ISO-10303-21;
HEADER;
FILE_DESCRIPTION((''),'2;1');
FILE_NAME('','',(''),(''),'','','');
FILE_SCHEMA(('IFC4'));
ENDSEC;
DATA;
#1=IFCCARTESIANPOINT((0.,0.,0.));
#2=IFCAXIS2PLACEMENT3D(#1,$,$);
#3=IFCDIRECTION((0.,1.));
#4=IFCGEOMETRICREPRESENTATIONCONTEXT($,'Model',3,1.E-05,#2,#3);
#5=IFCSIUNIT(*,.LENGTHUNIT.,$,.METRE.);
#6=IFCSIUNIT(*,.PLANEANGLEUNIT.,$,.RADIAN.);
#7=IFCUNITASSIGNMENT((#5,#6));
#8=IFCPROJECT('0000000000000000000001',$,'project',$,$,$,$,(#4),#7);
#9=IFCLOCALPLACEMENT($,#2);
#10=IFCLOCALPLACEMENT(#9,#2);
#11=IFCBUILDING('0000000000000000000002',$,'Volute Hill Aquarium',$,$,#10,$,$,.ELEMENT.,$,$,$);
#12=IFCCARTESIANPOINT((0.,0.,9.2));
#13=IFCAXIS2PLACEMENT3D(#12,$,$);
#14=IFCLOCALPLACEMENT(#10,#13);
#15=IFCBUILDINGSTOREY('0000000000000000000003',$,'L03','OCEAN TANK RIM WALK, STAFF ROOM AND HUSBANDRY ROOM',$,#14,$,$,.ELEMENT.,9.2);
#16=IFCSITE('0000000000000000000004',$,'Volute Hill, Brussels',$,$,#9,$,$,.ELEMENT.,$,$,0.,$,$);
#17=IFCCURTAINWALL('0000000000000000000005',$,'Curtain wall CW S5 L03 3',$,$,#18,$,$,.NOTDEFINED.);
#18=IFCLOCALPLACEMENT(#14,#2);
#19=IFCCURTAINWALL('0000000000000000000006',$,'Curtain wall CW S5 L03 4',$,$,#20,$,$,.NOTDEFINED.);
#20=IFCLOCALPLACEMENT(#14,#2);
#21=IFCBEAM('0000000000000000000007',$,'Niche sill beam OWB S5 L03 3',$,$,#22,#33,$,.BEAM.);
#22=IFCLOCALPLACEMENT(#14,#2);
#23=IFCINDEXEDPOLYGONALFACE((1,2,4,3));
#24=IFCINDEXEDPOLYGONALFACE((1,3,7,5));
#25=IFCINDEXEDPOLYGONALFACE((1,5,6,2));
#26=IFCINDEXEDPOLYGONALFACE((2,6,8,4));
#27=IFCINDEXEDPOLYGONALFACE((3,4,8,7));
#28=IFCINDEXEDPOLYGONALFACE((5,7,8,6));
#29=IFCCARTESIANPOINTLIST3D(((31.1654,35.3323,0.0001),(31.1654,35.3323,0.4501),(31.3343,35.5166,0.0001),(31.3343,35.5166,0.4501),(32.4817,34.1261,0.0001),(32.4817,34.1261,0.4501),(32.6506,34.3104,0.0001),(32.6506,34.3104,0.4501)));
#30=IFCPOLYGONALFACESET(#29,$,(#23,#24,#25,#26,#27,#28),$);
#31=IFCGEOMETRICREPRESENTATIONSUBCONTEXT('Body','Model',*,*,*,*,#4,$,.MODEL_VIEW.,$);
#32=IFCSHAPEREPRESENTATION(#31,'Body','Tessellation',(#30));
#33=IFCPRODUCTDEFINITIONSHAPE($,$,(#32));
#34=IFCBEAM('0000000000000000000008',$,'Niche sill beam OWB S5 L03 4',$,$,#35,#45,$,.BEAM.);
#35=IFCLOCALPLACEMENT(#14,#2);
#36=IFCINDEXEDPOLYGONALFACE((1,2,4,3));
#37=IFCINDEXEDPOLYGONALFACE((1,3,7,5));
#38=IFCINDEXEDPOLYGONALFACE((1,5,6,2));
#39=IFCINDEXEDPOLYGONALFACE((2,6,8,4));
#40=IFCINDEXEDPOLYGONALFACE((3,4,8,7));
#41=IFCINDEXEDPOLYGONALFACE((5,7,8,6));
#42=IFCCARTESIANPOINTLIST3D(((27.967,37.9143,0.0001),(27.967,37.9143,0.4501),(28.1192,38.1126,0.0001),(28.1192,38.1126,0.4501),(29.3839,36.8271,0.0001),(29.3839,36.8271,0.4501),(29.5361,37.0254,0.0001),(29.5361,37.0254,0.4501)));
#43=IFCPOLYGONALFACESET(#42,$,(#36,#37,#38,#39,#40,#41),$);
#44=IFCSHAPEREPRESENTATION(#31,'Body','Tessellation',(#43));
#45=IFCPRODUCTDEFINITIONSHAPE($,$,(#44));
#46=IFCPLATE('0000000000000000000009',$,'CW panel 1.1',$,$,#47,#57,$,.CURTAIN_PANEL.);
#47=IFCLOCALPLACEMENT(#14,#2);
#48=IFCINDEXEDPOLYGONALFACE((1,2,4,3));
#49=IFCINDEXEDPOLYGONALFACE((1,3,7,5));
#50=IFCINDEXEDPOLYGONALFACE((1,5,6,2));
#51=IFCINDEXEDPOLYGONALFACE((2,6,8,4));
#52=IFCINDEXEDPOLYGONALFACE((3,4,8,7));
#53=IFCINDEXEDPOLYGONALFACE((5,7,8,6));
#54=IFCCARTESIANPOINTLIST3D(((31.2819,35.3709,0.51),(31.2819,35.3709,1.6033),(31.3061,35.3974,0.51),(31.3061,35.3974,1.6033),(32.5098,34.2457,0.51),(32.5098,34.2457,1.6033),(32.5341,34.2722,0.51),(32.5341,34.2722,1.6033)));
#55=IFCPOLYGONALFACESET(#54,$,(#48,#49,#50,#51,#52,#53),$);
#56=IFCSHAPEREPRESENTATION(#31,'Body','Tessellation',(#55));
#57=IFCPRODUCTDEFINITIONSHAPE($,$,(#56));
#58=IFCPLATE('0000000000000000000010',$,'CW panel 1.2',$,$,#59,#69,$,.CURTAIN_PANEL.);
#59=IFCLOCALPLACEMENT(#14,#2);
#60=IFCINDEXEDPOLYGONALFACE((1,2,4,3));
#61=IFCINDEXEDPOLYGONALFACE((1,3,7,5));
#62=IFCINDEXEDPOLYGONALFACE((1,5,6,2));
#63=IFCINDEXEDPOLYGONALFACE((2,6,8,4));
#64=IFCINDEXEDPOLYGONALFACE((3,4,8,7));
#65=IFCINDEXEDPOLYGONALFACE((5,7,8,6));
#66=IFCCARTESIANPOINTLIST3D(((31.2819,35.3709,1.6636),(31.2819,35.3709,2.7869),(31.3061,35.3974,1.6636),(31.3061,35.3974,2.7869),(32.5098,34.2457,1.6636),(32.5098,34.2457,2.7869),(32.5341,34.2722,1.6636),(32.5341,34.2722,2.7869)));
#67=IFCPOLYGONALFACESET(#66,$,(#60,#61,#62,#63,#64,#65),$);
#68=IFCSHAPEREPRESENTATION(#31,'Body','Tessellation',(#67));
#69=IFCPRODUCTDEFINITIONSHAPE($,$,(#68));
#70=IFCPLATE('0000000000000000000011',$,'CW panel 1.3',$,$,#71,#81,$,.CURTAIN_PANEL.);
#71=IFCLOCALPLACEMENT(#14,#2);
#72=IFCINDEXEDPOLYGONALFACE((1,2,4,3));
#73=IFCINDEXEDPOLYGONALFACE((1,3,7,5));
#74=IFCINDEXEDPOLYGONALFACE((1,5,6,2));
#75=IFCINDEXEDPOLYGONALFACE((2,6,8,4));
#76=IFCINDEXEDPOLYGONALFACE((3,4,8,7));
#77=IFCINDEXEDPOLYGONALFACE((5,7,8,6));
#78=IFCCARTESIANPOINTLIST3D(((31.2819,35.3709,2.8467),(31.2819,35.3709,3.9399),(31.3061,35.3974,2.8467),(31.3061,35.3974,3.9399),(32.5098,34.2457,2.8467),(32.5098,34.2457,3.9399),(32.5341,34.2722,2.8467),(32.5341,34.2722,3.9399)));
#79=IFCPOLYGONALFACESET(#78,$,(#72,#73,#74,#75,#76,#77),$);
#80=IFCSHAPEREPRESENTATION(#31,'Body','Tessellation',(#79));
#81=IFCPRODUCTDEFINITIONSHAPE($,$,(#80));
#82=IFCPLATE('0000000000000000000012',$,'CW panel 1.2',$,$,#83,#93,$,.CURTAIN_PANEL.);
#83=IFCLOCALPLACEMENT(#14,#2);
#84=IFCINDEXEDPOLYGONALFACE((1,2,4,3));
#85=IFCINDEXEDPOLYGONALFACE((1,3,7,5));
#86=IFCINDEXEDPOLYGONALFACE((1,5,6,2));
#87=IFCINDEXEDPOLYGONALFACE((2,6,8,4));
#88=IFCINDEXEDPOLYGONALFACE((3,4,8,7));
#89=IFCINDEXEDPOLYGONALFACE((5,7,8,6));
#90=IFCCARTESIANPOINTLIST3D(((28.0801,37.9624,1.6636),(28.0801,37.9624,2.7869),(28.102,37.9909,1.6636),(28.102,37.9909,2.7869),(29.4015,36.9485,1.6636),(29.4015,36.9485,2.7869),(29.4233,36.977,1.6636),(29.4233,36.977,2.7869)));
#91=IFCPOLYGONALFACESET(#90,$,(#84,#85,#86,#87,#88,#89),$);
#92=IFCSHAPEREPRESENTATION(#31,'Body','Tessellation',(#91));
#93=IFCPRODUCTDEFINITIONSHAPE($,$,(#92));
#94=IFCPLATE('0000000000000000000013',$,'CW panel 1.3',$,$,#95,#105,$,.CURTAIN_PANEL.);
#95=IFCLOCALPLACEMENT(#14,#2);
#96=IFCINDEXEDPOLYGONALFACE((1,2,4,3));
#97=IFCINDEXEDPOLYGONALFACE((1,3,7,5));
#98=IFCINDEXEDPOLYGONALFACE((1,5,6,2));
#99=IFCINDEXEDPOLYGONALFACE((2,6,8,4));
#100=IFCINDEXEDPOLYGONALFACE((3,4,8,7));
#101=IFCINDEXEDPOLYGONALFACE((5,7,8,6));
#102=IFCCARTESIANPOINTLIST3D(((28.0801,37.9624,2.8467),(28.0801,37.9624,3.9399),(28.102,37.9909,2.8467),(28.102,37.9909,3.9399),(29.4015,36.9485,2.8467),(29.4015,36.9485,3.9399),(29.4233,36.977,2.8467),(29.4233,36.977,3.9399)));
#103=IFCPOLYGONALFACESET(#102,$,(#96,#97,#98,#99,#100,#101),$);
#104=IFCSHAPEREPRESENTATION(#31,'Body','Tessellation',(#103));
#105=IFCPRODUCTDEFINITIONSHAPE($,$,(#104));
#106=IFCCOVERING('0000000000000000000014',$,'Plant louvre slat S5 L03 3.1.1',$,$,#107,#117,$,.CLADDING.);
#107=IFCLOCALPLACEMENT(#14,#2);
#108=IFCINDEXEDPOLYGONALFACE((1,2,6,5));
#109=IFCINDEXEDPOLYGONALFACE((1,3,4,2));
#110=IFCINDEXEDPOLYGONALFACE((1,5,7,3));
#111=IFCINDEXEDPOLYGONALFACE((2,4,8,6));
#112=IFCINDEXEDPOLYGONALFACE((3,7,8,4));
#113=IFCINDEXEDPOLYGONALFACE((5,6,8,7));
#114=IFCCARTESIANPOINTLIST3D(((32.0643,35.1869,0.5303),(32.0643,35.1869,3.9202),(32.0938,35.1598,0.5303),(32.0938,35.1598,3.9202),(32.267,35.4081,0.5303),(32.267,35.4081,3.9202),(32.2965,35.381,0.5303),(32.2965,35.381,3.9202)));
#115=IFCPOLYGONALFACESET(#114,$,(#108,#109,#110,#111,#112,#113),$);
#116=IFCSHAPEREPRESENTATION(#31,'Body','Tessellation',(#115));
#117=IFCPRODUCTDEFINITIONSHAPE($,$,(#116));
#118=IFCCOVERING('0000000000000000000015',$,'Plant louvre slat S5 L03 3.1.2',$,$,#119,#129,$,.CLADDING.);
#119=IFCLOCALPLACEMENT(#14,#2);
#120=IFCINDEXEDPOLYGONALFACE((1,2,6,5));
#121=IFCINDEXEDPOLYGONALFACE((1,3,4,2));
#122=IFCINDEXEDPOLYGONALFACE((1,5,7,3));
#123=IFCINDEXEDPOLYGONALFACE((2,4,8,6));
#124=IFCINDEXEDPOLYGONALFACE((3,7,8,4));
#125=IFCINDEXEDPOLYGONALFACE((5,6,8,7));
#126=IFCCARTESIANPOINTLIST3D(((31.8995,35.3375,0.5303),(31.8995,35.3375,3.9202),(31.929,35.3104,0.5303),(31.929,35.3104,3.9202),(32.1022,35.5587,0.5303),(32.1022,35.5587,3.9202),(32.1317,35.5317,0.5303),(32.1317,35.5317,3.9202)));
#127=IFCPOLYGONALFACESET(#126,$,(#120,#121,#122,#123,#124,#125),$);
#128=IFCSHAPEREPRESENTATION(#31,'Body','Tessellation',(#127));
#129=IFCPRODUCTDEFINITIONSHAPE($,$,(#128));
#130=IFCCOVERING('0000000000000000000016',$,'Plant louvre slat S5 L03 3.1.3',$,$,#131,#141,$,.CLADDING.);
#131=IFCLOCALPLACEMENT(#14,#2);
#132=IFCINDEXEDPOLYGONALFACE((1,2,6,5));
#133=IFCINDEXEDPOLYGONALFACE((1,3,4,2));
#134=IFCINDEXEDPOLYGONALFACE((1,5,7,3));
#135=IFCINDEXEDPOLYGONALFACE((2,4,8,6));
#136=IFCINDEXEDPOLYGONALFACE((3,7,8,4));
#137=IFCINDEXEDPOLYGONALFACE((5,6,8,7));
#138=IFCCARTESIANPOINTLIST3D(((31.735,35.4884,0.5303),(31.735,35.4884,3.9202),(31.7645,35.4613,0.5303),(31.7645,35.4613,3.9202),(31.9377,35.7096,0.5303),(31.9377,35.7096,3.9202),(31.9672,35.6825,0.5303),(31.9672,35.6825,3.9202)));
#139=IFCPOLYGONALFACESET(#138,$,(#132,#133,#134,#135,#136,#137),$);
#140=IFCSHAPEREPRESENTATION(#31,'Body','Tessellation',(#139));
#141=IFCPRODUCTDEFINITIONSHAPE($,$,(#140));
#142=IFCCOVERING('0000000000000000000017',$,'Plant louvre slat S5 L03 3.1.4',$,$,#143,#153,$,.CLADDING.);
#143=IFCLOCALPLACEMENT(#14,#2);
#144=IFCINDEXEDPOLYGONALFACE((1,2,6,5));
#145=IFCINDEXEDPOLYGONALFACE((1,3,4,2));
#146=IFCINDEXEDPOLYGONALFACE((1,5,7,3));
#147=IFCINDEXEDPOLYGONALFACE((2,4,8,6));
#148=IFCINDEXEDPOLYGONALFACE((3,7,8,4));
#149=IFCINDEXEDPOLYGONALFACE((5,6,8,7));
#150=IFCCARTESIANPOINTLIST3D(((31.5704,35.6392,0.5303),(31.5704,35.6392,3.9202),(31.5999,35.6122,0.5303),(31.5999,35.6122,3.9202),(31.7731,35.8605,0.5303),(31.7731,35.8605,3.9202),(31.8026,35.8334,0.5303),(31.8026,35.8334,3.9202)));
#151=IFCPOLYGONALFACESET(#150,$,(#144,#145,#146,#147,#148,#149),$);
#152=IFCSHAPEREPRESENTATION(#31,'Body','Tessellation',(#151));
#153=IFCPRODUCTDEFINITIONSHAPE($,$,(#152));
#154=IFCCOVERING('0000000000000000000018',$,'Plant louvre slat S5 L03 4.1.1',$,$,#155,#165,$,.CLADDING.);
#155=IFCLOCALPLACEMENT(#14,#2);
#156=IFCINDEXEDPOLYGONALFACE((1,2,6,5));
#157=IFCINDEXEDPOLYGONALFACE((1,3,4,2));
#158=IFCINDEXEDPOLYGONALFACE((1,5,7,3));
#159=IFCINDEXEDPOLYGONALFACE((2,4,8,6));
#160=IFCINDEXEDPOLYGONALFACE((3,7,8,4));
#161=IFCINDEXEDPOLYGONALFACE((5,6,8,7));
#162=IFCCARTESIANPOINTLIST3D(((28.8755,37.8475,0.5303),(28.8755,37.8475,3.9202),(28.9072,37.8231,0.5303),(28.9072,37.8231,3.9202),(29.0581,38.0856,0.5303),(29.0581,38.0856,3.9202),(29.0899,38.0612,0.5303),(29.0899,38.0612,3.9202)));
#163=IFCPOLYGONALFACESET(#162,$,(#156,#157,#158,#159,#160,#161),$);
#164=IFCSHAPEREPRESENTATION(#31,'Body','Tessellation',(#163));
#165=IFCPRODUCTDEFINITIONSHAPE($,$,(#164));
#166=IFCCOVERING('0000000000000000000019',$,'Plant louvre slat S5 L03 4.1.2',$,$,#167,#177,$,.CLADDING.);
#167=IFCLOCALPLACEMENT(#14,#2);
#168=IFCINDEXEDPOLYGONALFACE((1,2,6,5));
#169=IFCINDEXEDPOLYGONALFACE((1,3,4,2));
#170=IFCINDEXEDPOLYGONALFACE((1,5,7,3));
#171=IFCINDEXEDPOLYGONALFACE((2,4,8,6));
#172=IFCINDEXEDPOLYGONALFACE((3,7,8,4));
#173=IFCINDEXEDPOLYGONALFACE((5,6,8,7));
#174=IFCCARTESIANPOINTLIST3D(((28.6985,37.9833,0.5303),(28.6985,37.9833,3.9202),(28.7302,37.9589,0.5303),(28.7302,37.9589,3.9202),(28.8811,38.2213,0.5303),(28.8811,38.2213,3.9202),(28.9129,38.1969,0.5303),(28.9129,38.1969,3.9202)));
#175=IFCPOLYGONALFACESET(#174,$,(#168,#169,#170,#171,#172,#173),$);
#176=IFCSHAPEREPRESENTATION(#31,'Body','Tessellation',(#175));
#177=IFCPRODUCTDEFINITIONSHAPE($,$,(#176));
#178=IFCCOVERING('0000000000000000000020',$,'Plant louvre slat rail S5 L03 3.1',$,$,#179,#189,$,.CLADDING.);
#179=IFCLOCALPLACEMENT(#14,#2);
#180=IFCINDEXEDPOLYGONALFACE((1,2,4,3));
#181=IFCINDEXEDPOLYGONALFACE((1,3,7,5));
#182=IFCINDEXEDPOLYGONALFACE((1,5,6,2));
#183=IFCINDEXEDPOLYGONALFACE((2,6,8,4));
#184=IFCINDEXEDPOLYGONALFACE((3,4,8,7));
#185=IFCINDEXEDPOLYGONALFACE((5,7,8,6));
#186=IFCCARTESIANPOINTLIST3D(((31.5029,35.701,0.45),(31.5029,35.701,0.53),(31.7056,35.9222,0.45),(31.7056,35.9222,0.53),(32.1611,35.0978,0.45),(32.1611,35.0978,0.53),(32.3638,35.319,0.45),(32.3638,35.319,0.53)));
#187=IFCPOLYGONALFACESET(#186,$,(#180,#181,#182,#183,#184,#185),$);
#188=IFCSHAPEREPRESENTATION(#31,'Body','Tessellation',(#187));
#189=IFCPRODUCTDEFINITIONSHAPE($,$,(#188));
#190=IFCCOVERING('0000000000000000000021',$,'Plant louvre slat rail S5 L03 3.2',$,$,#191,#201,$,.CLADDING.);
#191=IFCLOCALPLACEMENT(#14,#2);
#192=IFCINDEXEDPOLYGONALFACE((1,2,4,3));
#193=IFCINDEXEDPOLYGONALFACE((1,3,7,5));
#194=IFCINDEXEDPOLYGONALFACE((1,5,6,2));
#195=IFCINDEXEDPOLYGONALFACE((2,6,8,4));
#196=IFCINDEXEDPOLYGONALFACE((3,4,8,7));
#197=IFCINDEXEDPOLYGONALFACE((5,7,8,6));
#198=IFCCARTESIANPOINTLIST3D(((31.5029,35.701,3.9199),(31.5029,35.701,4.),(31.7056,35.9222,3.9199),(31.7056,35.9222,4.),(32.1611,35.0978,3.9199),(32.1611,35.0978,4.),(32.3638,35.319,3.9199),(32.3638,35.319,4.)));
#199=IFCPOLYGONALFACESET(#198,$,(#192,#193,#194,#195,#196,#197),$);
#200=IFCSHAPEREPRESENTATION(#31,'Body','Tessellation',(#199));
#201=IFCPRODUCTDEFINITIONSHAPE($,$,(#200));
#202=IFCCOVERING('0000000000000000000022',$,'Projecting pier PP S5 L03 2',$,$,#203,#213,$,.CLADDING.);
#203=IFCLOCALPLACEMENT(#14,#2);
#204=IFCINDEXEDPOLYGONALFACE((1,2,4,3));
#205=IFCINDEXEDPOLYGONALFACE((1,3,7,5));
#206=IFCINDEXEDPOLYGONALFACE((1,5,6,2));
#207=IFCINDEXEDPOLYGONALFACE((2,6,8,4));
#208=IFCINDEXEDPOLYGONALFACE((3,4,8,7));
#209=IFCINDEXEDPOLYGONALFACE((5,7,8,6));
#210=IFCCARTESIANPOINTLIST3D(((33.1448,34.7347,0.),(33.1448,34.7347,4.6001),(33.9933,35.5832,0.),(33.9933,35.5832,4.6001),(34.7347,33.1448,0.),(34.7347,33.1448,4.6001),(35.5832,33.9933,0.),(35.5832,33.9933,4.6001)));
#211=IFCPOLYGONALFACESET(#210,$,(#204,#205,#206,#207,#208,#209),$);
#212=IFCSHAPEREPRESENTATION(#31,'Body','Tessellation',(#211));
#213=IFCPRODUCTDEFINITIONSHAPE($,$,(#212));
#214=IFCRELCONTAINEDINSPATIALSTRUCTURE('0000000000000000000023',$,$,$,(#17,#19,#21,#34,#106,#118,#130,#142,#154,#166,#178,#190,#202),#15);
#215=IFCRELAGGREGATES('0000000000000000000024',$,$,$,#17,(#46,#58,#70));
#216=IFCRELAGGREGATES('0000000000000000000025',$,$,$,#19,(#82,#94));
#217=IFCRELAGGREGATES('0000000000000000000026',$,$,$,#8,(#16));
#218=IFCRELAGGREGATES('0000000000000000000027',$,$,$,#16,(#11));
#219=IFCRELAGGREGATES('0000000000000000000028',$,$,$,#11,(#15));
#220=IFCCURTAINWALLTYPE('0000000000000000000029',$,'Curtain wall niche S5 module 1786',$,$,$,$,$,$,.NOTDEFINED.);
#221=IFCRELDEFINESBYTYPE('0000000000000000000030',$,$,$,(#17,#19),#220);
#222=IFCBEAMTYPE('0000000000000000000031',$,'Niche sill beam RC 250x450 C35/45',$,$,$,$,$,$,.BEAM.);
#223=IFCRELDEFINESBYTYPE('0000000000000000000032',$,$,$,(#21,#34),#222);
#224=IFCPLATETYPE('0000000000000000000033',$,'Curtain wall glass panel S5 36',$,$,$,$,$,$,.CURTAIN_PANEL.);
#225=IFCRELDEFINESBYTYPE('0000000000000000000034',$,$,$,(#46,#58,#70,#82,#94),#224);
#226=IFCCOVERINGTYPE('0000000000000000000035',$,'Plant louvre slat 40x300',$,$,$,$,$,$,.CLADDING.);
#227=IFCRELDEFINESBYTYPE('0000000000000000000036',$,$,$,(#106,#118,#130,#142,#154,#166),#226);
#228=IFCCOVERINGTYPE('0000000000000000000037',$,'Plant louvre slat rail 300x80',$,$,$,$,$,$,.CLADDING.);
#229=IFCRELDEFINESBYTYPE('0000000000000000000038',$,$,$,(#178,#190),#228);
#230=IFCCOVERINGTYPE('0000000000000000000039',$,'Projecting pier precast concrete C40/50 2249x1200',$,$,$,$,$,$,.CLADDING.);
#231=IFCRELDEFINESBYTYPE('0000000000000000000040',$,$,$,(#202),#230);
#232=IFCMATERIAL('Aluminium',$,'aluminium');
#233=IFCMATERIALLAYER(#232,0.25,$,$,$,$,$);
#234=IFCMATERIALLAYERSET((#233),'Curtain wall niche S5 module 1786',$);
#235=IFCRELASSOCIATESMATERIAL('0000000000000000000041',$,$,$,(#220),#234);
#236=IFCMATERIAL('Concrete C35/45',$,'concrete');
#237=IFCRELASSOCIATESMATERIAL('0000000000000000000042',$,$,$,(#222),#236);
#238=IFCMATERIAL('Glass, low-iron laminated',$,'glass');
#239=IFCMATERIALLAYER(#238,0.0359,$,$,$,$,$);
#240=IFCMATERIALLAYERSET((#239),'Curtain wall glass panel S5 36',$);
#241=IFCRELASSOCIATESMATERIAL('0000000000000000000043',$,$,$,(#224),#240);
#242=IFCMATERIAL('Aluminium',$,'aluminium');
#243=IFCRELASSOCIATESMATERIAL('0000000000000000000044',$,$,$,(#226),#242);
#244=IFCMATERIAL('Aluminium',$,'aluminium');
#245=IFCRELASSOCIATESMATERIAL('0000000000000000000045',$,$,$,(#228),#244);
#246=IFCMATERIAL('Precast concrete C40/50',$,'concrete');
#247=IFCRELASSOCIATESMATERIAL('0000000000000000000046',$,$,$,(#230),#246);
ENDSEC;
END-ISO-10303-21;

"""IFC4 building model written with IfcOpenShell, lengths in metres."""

from ifc_helpers import new_model, si_unit, direction, frame, origin, origin_2d, place, context, subcontext, project, spatial, rectangle, extrude, material, layer, layer_set, material_profile, profile_set, type_object, element, aggregate, save


model = new_model("IFC4")

# Units and contexts
model_context = context("Model", 3, precision=1e-05, world=origin(), true_north=direction((0.0, 1.0)))
body_context = subcontext(model_context, "Body", "Model", "MODEL_VIEW")
ifc_project = project(units=[si_unit("LENGTHUNIT", "METRE"), si_unit("PLANEANGLEUNIT", "RADIAN")], contexts=[model_context])

# Site, building, storey
site_placement = place(None, origin())
site = spatial("IfcSite", under=ifc_project, at=site_placement, Name="Volute Hill, Brussels", CompositionType="ELEMENT", RefElevation=0.0)
building_placement = place(site_placement, origin())
building = spatial("IfcBuilding", under=site, at=building_placement, Name="Volute Hill Aquarium", CompositionType="ELEMENT")
storey_placement = place(building_placement, frame((0.0, 0.0, 9.2)))
storey = spatial("IfcBuildingStorey", under=building, at=storey_placement, Name="L03", Description="OCEAN TANK RIM WALK, STAFF ROOM AND HUSBANDRY ROOM", CompositionType="ELEMENT", Elevation=9.2)

# Curtain wall
ifc_material_1 = material(Name="Aluminium", Category="aluminium")
ifc_layer_1 = layer(ifc_material_1, 0.25)
ifc_layer_set_1 = layer_set([ifc_layer_1], Name="Curtain wall niche S5 module 1786")
curtain_wall_type = type_object("IfcCurtainWallType", Name="Curtain wall niche S5 module 1786", PredefinedType="NOTDEFINED", material=ifc_layer_set_1)
curtain_wall_1_placement = place(storey_placement, origin())
curtain_wall_1 = element("IfcCurtainWall", 1, at=curtain_wall_1_placement, inside=storey, type_object=curtain_wall_type, Name="Curtain wall CW S5 L03 3", PredefinedType="NOTDEFINED")

# Curtain wall
curtain_wall_2_placement = place(storey_placement, origin())
curtain_wall_2 = element("IfcCurtainWall", 2, at=curtain_wall_2_placement, inside=storey, type_object=curtain_wall_type, Name="Curtain wall CW S5 L03 4", PredefinedType="NOTDEFINED")

# Beams
ifc_material_2 = material(Name="Concrete C35/45", Category="concrete")
ifc_material_profile_1 = material_profile(ifc_material_2, rectangle(XDim=0.25, YDim=0.45, at=origin_2d()), Name="RC beam 250x450")
ifc_profile_set_1 = profile_set([ifc_material_profile_1], Name="Concrete C35/45")
beam_type_1 = type_object("IfcBeamType", Name="Niche sill beam RC 250x450 C35/45", PredefinedType="BEAM", material=ifc_profile_set_1)
beam_1_placement = place(storey_placement, frame((32.5662, 34.2183, 0.2251), z_axis=(-0.737268, 0.675601, 0.0), x_axis=(-0.675601, -0.737268, 0.0)))
element("IfcBeam", 3, at=beam_1_placement, inside=storey, type_object=beam_type_1, Name="Niche sill beam OWB S5 L03 3", PredefinedType="BEAM", context=body_context, shape_type="SweptSolid", body=[
    extrude(rectangle(XDim=0.25, YDim=0.45, at=origin_2d()), origin(), (0.0, 0.0, 1.0), 1.7854),
])
beam_2_placement = place(storey_placement, frame((29.46, 36.9263, 0.2251), z_axis=(-0.79334, 0.608779, 0.0), x_axis=(-0.608779, -0.79334, 0.0)))
element("IfcBeam", 4, at=beam_2_placement, inside=storey, type_object=beam_type_1, Name="Niche sill beam OWB S5 L03 4", PredefinedType="BEAM", context=body_context, shape_type="SweptSolid", body=[
    extrude(rectangle(XDim=0.25, YDim=0.45, at=origin_2d()), origin(), (0.0, 0.0, 1.0), 1.7859),
])

# Plates
ifc_material_3 = material(Name="Glass, low-iron laminated", Category="glass")
ifc_layer_2 = layer(ifc_material_3, 0.0359)
ifc_layer_set_2 = layer_set([ifc_layer_2], Name="Curtain wall glass panel S5 36")
plate_type = type_object("IfcPlateType", Name="Curtain wall glass panel S5 36", PredefinedType="CURTAIN_PANEL", material=ifc_layer_set_2)
plate_1_placement = place(storey_placement, frame((31.908, 34.8215, 0.51), z_axis=(0.0, 0.0, 1.0), x_axis=(-0.737282, 0.675585, 0.0)))
plate_1 = element("IfcPlate", 5, at=plate_1_placement, type_object=plate_type, Name="CW panel 1.1", PredefinedType="CURTAIN_PANEL", context=body_context, shape_type="SweptSolid", body=[
    extrude(rectangle(XDim=1.6655, YDim=0.0359, at=origin_2d()), origin(), (0.0, 0.0, 1.0), 1.0933),
])
plate_2_placement = place(storey_placement, frame((31.908, 34.8215, 1.6636), z_axis=(0.0, 0.0, 1.0), x_axis=(-0.737282, 0.675585, 0.0)))
plate_2 = element("IfcPlate", 6, at=plate_2_placement, type_object=plate_type, Name="CW panel 1.2", PredefinedType="CURTAIN_PANEL", context=body_context, shape_type="SweptSolid", body=[
    extrude(rectangle(XDim=1.6655, YDim=0.0359, at=origin_2d()), origin(), (0.0, 0.0, 1.0), 1.1233),
])
plate_3_placement = place(storey_placement, frame((31.908, 34.8215, 2.8467), z_axis=(0.0, 0.0, 1.0), x_axis=(-0.737282, 0.675585, 0.0)))
plate_3 = element("IfcPlate", 7, at=plate_3_placement, type_object=plate_type, Name="CW panel 1.3", PredefinedType="CURTAIN_PANEL", context=body_context, shape_type="SweptSolid", body=[
    extrude(rectangle(XDim=1.6655, YDim=0.0359, at=origin_2d()), origin(), (0.0, 0.0, 1.0), 1.0933),
])
aggregate(curtain_wall_1, [plate_1, plate_2, plate_3])
plate_4_placement = place(storey_placement, frame((28.7517, 37.4697, 1.6636), z_axis=(0.0, 0.0, 1.0), x_axis=(-0.793358, 0.608755, 0.0)))
plate_4 = element("IfcPlate", 8, at=plate_4_placement, type_object=plate_type, Name="CW panel 1.2", PredefinedType="CURTAIN_PANEL", context=body_context, shape_type="SweptSolid", body=[
    extrude(rectangle(XDim=1.6655, YDim=0.0359, at=origin_2d()), origin(), (0.0, 0.0, 1.0), 1.1233),
])
plate_5_placement = place(storey_placement, frame((28.7517, 37.4697, 2.8467), z_axis=(0.0, 0.0, 1.0), x_axis=(-0.793358, 0.608755, 0.0)))
plate_5 = element("IfcPlate", 9, at=plate_5_placement, type_object=plate_type, Name="CW panel 1.3", PredefinedType="CURTAIN_PANEL", context=body_context, shape_type="SweptSolid", body=[
    extrude(rectangle(XDim=1.6655, YDim=0.0359, at=origin_2d()), origin(), (0.0, 0.0, 1.0), 1.0933),
])
aggregate(curtain_wall_2, [plate_4, plate_5])

# Coverings
ifc_material_4 = material(Name="Aluminium", Category="aluminium")
covering_type_1 = type_object("IfcCoveringType", Name="Plant louvre slat 40x300", PredefinedType="CLADDING", material=ifc_material_4)
for number, where, z_axis, x_axis, name in (
    (10, (32.1804, 35.2839, 0.5303), (0.0, 0.0, 1.0), (-0.737282, 0.675585, 0.0), "Plant louvre slat S5 L03 3.1.1"),
    (11, (32.0156, 35.4346, 0.5303), (0.0, 0.0, 1.0), (-0.737282, 0.675585, 0.0), "Plant louvre slat S5 L03 3.1.2"),
    (12, (31.8511, 35.5854, 0.5303), (0.0, 0.0, 1.0), (-0.737282, 0.675585, 0.0), "Plant louvre slat S5 L03 3.1.3"),
    (13, (31.6865, 35.7363, 0.5303), (0.0, 0.0, 1.0), (-0.737282, 0.675585, 0.0), "Plant louvre slat S5 L03 3.1.4"),
    (14, (28.9827, 37.9543, 0.5303), (0.0, 0.0, 1.0), (-0.79336, 0.608753, 0.0), "Plant louvre slat S5 L03 4.1.1"),
    (15, (28.8057, 38.0901, 0.5303), (0.0, 0.0, 1.0), (-0.79336, 0.608753, 0.0), "Plant louvre slat S5 L03 4.1.2"),
):
    element("IfcCovering", number, at=place(storey_placement, frame(where, z_axis=z_axis, x_axis=x_axis)), inside=storey, type_object=covering_type_1, Name=name, PredefinedType="CLADDING", context=body_context, shape_type="SweptSolid", body=[
        extrude(rectangle(XDim=0.04, YDim=0.3, at=origin_2d()), origin(), (0.0, 0.0, 1.0), 3.3899),
    ])
ifc_material_5 = material(Name="Aluminium", Category="aluminium")
covering_type_2 = type_object("IfcCoveringType", Name="Plant louvre slat rail 300x80", PredefinedType="CLADDING", material=ifc_material_5)
for number, where, z_axis, x_axis, name in (
    (16, (31.9333, 35.51, 0.45), (0.0, 0.0, 1.0), (-0.737282, 0.675585, 0.0), "Plant louvre slat rail S5 L03 3.1"),
    (17, (31.9333, 35.51, 3.9199), (0.0, 0.0, 1.0), (-0.737282, 0.675585, 0.0), "Plant louvre slat rail S5 L03 3.2"),
):
    element("IfcCovering", number, at=place(storey_placement, frame(where, z_axis=z_axis, x_axis=x_axis)), inside=storey, type_object=covering_type_2, Name=name, PredefinedType="CLADDING", context=body_context, shape_type="SweptSolid", body=[
        extrude(rectangle(XDim=0.8928, YDim=0.3, at=origin_2d()), origin(), (0.0, 0.0, 1.0), 0.0801),
    ])
ifc_material_6 = material(Name="Precast concrete C40/50", Category="concrete")
covering_type_3 = type_object("IfcCoveringType", Name="Projecting pier precast concrete C40/50 2249x1200", PredefinedType="CLADDING", material=ifc_material_6)
for number, where, z_axis, x_axis, name in (
    (18, (34.364, 34.364, 0.0), (0.0, 0.0, 1.0), (-0.707107, 0.707107, 0.0), "Projecting pier PP S5 L03 2"),
):
    element("IfcCovering", number, at=place(storey_placement, frame(where, z_axis=z_axis, x_axis=x_axis)), inside=storey, type_object=covering_type_3, Name=name, PredefinedType="CLADDING", context=body_context, shape_type="SweptSolid", body=[
        extrude(rectangle(XDim=2.2485, YDim=1.2, at=origin_2d()), origin(), (0.0, 0.0, 1.0), 4.6001),
    ])

save(model, "model.ifc")
